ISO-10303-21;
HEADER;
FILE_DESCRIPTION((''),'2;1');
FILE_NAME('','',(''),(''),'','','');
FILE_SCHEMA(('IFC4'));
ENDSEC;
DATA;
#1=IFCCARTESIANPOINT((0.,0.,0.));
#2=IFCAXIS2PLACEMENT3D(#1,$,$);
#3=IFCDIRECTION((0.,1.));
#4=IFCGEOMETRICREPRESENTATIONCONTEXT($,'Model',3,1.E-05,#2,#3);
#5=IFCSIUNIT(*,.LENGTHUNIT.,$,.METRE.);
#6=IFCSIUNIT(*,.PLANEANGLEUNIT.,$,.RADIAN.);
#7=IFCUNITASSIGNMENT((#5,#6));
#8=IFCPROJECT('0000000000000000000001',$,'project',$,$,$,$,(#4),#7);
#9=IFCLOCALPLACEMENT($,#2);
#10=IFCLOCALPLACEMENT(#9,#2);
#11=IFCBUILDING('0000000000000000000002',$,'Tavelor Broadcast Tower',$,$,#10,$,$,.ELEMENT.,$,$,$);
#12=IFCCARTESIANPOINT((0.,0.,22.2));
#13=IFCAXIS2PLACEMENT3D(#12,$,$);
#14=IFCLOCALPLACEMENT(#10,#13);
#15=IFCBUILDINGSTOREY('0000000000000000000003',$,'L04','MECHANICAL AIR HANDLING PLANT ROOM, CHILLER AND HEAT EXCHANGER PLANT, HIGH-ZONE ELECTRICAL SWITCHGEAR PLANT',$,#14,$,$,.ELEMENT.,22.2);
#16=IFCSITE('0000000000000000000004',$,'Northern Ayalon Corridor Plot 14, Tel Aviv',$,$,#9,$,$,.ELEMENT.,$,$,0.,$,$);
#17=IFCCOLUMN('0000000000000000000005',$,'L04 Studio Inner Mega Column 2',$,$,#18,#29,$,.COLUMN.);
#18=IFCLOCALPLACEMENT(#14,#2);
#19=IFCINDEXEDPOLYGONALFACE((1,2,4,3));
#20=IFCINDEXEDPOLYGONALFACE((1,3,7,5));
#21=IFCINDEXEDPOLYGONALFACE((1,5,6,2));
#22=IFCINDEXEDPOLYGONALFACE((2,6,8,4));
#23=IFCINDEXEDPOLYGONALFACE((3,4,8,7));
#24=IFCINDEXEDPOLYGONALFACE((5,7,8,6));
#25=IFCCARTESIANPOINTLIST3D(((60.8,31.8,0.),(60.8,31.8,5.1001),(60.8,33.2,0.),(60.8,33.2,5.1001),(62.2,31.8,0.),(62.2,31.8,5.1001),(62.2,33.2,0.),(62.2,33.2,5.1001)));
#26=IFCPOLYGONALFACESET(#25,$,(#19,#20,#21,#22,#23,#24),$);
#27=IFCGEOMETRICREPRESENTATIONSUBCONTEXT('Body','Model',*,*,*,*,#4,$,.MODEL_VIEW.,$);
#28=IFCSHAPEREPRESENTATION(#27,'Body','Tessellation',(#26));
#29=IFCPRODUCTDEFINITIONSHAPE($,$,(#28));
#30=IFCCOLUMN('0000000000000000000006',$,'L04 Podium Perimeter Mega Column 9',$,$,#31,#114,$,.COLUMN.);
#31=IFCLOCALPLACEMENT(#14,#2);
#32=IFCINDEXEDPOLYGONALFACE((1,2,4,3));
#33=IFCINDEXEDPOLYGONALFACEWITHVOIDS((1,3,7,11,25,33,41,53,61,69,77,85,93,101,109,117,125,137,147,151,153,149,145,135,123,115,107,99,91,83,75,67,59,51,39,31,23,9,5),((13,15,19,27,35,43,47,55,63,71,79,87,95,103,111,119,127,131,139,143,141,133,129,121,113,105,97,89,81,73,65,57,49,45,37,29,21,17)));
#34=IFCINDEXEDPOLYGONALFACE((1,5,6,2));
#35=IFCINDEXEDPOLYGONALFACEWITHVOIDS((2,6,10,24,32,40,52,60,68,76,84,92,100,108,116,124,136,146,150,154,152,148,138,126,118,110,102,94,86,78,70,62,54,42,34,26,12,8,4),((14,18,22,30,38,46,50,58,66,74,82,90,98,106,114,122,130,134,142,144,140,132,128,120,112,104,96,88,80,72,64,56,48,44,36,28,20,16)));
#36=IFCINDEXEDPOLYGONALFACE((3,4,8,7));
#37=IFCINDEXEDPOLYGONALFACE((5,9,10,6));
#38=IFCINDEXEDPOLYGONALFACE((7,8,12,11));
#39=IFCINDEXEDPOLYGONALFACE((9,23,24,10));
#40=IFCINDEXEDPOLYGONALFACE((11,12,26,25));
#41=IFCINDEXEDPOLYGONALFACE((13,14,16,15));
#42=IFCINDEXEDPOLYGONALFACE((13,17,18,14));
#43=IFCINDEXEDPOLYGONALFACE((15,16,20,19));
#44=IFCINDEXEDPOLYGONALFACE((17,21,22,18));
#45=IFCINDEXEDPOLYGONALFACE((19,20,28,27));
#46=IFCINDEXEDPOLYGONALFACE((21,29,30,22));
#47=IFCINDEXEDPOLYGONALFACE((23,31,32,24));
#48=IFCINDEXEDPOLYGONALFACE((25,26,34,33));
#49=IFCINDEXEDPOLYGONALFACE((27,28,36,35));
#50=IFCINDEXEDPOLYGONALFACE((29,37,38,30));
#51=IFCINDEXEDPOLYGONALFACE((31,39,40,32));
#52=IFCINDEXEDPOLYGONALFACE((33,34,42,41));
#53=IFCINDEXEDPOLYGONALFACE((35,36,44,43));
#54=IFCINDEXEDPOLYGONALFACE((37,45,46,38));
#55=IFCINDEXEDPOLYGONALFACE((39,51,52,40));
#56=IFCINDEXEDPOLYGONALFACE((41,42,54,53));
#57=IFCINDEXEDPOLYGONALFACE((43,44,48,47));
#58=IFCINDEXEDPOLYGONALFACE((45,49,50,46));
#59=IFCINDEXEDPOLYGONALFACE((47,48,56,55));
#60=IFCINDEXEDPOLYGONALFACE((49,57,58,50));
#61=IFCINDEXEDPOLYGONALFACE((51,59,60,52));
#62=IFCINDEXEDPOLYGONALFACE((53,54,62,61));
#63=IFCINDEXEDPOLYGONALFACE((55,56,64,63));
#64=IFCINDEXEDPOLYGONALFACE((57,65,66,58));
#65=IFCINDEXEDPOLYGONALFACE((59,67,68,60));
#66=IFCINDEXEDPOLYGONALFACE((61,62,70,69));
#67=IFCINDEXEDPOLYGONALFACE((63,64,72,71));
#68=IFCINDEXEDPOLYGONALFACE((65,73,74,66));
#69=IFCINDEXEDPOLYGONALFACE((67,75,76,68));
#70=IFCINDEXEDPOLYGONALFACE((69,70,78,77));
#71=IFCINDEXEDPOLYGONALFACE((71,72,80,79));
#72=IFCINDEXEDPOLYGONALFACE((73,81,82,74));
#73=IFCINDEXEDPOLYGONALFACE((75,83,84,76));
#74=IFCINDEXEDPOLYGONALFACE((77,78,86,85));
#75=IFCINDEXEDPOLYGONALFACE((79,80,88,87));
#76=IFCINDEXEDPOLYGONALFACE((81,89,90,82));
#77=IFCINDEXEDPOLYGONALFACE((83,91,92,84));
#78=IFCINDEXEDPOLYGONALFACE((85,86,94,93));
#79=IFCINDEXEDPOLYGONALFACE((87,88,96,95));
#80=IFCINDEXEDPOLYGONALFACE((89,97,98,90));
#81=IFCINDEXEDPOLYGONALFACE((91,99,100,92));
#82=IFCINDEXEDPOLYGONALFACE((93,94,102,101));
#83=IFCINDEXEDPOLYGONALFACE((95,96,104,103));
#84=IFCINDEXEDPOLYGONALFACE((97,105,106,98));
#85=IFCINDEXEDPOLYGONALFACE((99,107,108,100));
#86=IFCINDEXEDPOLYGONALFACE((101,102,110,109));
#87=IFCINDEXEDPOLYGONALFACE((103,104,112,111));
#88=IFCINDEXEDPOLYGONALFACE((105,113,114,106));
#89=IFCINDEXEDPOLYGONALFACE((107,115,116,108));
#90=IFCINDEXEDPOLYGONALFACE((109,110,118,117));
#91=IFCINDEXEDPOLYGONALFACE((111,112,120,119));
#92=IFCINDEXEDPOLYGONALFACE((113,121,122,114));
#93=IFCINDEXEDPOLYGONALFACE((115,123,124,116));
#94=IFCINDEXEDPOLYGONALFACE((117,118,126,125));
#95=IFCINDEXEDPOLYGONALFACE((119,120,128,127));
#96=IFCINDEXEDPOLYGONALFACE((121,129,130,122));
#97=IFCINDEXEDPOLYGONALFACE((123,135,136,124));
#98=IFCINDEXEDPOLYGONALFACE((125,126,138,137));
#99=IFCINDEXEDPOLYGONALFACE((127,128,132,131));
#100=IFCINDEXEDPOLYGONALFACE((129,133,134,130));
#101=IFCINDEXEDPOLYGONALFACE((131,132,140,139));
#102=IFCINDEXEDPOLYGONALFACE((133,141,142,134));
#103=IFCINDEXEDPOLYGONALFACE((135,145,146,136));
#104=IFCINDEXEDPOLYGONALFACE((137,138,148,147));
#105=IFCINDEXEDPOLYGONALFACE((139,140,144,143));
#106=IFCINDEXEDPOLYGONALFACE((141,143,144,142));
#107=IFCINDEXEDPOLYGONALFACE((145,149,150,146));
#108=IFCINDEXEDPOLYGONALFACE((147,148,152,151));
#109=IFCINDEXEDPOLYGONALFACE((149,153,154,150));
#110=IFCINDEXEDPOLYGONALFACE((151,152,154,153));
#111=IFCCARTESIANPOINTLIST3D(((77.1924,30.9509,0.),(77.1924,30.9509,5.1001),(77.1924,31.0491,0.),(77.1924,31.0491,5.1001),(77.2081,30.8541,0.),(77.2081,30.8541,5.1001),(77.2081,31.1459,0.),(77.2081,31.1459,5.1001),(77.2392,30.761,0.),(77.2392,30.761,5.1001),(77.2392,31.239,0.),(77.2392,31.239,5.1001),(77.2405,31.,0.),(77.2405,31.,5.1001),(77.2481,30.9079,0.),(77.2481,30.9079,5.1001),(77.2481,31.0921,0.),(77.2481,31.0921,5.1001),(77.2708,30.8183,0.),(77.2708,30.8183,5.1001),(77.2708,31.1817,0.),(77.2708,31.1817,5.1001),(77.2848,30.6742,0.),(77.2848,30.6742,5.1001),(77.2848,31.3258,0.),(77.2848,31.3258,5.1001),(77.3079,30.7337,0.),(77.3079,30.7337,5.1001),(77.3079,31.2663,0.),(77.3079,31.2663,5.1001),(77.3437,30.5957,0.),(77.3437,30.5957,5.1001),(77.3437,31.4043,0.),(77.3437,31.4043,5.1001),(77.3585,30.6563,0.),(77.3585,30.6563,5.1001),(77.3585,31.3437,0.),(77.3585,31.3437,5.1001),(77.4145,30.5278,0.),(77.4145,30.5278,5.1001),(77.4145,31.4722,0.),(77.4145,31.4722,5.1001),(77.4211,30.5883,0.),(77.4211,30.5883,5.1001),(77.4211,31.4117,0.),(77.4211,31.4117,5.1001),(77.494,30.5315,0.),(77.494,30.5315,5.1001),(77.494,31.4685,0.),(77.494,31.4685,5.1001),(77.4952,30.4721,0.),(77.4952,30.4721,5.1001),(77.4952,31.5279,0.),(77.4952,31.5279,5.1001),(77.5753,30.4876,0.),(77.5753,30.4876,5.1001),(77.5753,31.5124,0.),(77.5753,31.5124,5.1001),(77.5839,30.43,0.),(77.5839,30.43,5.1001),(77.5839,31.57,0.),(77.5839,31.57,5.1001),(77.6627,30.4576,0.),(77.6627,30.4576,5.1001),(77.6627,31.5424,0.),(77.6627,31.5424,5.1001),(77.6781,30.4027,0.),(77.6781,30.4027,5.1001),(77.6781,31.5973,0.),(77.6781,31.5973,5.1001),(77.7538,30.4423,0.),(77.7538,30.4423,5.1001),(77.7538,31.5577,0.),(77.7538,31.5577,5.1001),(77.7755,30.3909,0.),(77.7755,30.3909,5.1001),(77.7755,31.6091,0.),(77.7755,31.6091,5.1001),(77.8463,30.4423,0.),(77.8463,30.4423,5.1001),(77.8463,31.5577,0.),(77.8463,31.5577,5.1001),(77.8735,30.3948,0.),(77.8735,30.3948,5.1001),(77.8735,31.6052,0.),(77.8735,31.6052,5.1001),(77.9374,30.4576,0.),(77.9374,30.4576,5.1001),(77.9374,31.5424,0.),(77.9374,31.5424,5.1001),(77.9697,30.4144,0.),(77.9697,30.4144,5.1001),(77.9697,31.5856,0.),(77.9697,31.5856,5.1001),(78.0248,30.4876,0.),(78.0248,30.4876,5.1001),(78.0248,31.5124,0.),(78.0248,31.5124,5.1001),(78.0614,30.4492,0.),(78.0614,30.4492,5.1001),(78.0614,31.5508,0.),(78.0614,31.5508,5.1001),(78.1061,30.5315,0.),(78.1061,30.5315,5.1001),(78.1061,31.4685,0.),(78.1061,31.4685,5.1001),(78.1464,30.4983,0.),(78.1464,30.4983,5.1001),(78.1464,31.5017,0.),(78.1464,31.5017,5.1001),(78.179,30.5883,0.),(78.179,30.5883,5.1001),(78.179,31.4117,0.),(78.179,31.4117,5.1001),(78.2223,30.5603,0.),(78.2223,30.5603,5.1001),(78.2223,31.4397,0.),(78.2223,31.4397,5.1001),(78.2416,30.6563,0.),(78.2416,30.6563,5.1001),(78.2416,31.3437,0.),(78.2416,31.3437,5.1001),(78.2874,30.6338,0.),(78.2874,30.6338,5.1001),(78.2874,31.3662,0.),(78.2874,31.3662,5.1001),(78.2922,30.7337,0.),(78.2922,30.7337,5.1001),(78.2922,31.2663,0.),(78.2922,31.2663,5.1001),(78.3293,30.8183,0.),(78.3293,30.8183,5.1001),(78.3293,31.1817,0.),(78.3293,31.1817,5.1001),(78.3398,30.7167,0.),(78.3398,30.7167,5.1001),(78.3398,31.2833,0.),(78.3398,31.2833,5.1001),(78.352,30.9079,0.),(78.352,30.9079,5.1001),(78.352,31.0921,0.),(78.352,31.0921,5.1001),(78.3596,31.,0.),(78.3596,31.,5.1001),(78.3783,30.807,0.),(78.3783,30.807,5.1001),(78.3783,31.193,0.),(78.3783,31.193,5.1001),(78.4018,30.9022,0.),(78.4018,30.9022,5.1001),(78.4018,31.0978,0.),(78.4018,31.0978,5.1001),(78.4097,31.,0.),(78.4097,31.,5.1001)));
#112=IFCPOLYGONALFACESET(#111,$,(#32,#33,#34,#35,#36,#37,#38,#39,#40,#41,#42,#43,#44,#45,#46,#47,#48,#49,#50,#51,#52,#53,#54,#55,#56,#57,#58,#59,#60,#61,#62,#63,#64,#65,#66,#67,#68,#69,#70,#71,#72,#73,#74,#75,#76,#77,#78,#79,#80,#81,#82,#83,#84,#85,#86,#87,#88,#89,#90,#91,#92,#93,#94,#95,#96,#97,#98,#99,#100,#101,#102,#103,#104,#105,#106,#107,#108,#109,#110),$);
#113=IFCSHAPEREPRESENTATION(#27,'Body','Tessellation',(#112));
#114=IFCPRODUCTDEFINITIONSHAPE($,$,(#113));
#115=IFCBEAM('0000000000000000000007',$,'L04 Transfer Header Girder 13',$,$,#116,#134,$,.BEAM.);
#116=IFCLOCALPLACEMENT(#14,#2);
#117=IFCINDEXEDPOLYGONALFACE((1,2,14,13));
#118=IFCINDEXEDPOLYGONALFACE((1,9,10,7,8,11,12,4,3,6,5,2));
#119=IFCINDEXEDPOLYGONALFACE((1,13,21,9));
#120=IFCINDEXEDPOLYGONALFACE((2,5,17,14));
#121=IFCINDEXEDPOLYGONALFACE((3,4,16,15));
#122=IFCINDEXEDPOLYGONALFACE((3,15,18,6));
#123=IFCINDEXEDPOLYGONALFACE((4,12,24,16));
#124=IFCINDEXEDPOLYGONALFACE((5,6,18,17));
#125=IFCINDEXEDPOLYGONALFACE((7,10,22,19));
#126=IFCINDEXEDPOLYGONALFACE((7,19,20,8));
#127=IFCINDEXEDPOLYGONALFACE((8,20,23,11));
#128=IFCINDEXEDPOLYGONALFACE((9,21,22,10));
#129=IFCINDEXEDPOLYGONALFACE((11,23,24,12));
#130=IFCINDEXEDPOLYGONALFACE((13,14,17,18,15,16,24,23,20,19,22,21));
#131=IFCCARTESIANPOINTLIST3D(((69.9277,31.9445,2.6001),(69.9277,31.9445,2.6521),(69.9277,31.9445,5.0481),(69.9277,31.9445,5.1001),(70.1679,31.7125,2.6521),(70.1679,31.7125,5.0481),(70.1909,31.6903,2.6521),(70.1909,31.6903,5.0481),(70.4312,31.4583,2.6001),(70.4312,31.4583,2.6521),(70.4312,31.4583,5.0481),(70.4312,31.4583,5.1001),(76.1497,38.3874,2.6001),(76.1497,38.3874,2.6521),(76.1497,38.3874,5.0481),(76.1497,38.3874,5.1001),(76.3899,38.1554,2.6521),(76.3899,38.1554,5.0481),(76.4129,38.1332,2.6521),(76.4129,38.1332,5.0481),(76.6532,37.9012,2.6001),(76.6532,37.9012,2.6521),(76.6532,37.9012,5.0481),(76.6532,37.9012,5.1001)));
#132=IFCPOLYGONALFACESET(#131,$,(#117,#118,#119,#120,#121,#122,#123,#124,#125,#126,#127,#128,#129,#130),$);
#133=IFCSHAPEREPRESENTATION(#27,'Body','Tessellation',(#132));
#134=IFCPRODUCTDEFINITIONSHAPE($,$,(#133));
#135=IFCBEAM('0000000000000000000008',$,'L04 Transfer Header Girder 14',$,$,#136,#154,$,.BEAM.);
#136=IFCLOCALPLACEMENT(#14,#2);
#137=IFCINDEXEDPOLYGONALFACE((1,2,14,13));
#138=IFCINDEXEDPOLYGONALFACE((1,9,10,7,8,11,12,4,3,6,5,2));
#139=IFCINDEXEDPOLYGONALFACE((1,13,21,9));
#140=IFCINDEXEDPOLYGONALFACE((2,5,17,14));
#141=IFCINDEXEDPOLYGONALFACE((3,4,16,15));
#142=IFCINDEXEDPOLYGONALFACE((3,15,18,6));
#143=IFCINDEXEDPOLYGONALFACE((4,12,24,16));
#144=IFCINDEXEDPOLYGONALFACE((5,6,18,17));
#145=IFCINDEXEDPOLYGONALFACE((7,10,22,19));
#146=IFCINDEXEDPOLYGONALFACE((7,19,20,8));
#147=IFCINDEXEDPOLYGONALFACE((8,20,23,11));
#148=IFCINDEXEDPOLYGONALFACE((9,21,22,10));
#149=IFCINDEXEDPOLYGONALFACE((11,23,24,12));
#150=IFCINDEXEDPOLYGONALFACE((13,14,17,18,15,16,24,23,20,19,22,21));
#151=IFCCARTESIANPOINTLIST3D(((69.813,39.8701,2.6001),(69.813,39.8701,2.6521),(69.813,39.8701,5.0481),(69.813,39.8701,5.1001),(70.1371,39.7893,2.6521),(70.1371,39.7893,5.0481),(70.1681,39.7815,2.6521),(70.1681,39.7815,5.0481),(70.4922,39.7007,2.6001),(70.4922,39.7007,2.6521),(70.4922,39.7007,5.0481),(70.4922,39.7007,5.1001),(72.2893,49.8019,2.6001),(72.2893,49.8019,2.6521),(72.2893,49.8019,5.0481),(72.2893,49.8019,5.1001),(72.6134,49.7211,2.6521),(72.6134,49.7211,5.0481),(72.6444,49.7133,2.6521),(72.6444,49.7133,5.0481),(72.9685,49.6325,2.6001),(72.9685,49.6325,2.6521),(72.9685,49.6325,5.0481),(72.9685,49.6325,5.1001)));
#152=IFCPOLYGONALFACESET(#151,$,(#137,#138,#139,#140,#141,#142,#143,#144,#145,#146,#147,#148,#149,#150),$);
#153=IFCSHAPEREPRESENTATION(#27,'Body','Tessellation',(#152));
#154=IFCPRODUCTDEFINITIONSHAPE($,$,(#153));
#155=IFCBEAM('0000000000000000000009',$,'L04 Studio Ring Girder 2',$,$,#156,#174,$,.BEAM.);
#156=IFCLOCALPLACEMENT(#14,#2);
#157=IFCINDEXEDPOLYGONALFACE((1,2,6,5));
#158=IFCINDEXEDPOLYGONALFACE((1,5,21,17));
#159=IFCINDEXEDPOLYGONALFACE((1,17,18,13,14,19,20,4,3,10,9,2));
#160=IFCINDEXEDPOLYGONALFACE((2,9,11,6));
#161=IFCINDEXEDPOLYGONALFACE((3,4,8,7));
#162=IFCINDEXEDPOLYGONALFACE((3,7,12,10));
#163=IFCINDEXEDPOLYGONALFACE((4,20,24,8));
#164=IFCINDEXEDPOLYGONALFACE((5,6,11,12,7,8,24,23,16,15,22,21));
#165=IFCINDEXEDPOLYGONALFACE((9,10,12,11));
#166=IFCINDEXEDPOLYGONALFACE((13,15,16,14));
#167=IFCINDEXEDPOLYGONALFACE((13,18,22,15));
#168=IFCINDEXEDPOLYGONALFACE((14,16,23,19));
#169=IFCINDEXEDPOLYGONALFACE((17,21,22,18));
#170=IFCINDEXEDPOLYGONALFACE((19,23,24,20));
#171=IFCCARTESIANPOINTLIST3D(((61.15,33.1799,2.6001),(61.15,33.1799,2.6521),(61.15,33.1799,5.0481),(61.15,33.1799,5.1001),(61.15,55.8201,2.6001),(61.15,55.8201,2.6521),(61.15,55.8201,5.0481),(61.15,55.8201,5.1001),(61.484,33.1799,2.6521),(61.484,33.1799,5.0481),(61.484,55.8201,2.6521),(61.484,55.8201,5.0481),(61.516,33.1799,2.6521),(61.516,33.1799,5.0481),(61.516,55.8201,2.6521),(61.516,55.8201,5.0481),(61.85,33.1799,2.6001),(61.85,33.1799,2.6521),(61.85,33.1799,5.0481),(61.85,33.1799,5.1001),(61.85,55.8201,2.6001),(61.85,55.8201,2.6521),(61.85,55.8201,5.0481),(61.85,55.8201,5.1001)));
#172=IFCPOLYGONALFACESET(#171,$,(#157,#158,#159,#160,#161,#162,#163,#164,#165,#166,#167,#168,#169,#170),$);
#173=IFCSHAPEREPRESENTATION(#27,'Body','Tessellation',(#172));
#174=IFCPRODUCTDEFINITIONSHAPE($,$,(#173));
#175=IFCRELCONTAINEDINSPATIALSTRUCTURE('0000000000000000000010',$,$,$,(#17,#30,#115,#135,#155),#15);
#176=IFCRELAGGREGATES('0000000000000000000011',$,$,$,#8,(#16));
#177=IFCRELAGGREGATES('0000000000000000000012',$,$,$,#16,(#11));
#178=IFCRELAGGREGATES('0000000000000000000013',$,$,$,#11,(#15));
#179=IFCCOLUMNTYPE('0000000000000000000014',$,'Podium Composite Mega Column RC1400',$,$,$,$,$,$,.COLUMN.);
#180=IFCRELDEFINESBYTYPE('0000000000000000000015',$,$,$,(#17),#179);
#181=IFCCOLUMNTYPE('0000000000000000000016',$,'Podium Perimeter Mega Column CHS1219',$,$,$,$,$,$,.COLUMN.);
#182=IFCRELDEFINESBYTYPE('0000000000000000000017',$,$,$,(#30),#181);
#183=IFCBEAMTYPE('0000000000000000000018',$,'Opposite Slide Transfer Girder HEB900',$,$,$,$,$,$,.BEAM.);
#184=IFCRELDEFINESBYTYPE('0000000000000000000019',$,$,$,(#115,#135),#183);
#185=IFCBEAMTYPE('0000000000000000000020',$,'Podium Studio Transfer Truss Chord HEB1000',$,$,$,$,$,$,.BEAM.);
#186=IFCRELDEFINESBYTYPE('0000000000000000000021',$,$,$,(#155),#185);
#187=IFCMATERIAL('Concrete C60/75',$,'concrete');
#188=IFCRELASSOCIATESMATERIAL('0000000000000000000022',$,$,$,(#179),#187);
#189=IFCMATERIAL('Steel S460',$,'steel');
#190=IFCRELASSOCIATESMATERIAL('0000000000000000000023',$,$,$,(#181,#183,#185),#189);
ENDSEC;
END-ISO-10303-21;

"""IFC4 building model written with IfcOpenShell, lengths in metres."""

from ifc_helpers import new_model, si_unit, direction, frame, origin, origin_2d, place, context, subcontext, project, spatial, rectangle, hollow_circle, i_section, extrude, material, material_profile, profile_set, type_object, element, save


model = new_model("IFC4")

# Units and contexts
model_context = context("Model", 3, precision=1e-05, world=origin(), true_north=direction((0.0, 1.0)))
body_context = subcontext(model_context, "Body", "Model", "MODEL_VIEW")
ifc_project = project(units=[si_unit("LENGTHUNIT", "METRE"), si_unit("PLANEANGLEUNIT", "RADIAN")], contexts=[model_context])

# Site, building, storey
site_placement = place(None, origin())
site = spatial("IfcSite", under=ifc_project, at=site_placement, Name="Northern Ayalon Corridor Plot 14, Tel Aviv", CompositionType="ELEMENT", RefElevation=0.0)
building_placement = place(site_placement, origin())
building = spatial("IfcBuilding", under=site, at=building_placement, Name="Tavelor Broadcast Tower", CompositionType="ELEMENT")
storey_placement = place(building_placement, frame((0.0, 0.0, 22.2)))
storey = spatial("IfcBuildingStorey", under=building, at=storey_placement, Name="L04", Description="MECHANICAL AIR HANDLING PLANT ROOM, CHILLER AND HEAT EXCHANGER PLANT, HIGH-ZONE ELECTRICAL SWITCHGEAR PLANT", CompositionType="ELEMENT", Elevation=22.2)

# Columns
ifc_material_1 = material(Name="Concrete C60/75", Category="concrete")
ifc_material_profile_1 = material_profile(ifc_material_1, rectangle(XDim=1.3999, YDim=1.3999, at=origin_2d()), Name="RC 1400x1400")
ifc_profile_set_1 = profile_set([ifc_material_profile_1], Name="Concrete C60/75")
column_type_1 = type_object("IfcColumnType", Name="Podium Composite Mega Column RC1400", PredefinedType="COLUMN", material=ifc_profile_set_1)
column_1_placement = place(storey_placement, frame((61.5, 32.5, 0.0), z_axis=(0.0, 0.0, 1.0), x_axis=(1.0, 0.0, 0.0)))
element("IfcColumn", 1, at=column_1_placement, inside=storey, type_object=column_type_1, Name="L04 Studio Inner Mega Column 2", PredefinedType="COLUMN", context=body_context, shape_type="SweptSolid", body=[
    extrude(rectangle(XDim=1.3999, YDim=1.3999, at=origin_2d()), origin(), (0.0, 0.0, 1.0), 5.1001),
])
ifc_material_2 = material(Name="Steel S460", Category="steel")
ifc_material_profile_2 = material_profile(ifc_material_2, hollow_circle(Radius=0.6096, WallThickness=0.05, at=origin_2d()), Name="CHS 1219x50")
ifc_profile_set_2 = profile_set([ifc_material_profile_2], Name="Steel S460")
column_type_2 = type_object("IfcColumnType", Name="Podium Perimeter Mega Column CHS1219", PredefinedType="COLUMN", material=ifc_profile_set_2)
column_2_placement = place(storey_placement, frame((77.8, 31.0, 0.0), z_axis=(0.0, 0.0, 1.0), x_axis=(1.0, 0.0, 0.0)))
element("IfcColumn", 2, at=column_2_placement, inside=storey, type_object=column_type_2, Name="L04 Podium Perimeter Mega Column 9", PredefinedType="COLUMN", context=body_context, shape_type="SweptSolid", body=[
    extrude(hollow_circle(Radius=0.6096, WallThickness=0.05, at=origin_2d()), origin(), (0.0, 0.0, 1.0), 5.1001),
])

# Beams
ifc_material_profile_3 = material_profile(ifc_material_2, i_section(OverallWidth=0.7, OverallDepth=2.5, WebThickness=0.032, FlangeThickness=0.052, at=origin_2d()), Name="PG 2500x700")
ifc_profile_set_3 = profile_set([ifc_material_profile_3], Name="Steel S460")
beam_type_1 = type_object("IfcBeamType", Name="Opposite Slide Transfer Girder HEB900", PredefinedType="BEAM", material=ifc_profile_set_3)
beam_1_placement = place(storey_placement, frame((70.1794, 31.7014, 3.8501), z_axis=(0.694665, 0.719333, 0.0), x_axis=(-0.719333, 0.694665, 0.0)))
element("IfcBeam", 3, at=beam_1_placement, inside=storey, type_object=beam_type_1, Name="L04 Transfer Header Girder 13", PredefinedType="BEAM", context=body_context, shape_type="SweptSolid", body=[
    extrude(i_section(OverallWidth=0.7, OverallDepth=2.5, WebThickness=0.032, FlangeThickness=0.052, at=origin_2d()), origin(), (0.0, 0.0, 1.0), 8.9568),
])
beam_2_placement = place(storey_placement, frame((70.1526, 39.7854, 3.8501), z_axis=(0.241924, 0.970295, 0.0), x_axis=(-0.970295, 0.241924, 0.0)))
element("IfcBeam", 4, at=beam_2_placement, inside=storey, type_object=beam_type_1, Name="L04 Transfer Header Girder 14", PredefinedType="BEAM", context=body_context, shape_type="SweptSolid", body=[
    extrude(i_section(OverallWidth=0.7, OverallDepth=2.5, WebThickness=0.032, FlangeThickness=0.052, at=origin_2d()), origin(), (0.0, 0.0, 1.0), 10.2358),
])
ifc_material_profile_4 = material_profile(ifc_material_2, i_section(OverallWidth=0.7, OverallDepth=2.5, WebThickness=0.032, FlangeThickness=0.052, at=origin_2d()), Name="PG 2500x700")
ifc_profile_set_4 = profile_set([ifc_material_profile_4], Name="Steel S460")
beam_type_2 = type_object("IfcBeamType", Name="Podium Studio Transfer Truss Chord HEB1000", PredefinedType="BEAM", material=ifc_profile_set_4)
beam_3_placement = place(storey_placement, frame((61.5, 33.1799, 3.8501), z_axis=(0.0, 1.0, 0.0), x_axis=(-1.0, 0.0, 0.0)))
element("IfcBeam", 5, at=beam_3_placement, inside=storey, type_object=beam_type_2, Name="L04 Studio Ring Girder 2", PredefinedType="BEAM", context=body_context, shape_type="SweptSolid", body=[
    extrude(i_section(OverallWidth=0.7, OverallDepth=2.5, WebThickness=0.032, FlangeThickness=0.052, at=origin_2d()), origin(), (0.0, 0.0, 1.0), 22.6401),
])

save(model, "model.ifc")
